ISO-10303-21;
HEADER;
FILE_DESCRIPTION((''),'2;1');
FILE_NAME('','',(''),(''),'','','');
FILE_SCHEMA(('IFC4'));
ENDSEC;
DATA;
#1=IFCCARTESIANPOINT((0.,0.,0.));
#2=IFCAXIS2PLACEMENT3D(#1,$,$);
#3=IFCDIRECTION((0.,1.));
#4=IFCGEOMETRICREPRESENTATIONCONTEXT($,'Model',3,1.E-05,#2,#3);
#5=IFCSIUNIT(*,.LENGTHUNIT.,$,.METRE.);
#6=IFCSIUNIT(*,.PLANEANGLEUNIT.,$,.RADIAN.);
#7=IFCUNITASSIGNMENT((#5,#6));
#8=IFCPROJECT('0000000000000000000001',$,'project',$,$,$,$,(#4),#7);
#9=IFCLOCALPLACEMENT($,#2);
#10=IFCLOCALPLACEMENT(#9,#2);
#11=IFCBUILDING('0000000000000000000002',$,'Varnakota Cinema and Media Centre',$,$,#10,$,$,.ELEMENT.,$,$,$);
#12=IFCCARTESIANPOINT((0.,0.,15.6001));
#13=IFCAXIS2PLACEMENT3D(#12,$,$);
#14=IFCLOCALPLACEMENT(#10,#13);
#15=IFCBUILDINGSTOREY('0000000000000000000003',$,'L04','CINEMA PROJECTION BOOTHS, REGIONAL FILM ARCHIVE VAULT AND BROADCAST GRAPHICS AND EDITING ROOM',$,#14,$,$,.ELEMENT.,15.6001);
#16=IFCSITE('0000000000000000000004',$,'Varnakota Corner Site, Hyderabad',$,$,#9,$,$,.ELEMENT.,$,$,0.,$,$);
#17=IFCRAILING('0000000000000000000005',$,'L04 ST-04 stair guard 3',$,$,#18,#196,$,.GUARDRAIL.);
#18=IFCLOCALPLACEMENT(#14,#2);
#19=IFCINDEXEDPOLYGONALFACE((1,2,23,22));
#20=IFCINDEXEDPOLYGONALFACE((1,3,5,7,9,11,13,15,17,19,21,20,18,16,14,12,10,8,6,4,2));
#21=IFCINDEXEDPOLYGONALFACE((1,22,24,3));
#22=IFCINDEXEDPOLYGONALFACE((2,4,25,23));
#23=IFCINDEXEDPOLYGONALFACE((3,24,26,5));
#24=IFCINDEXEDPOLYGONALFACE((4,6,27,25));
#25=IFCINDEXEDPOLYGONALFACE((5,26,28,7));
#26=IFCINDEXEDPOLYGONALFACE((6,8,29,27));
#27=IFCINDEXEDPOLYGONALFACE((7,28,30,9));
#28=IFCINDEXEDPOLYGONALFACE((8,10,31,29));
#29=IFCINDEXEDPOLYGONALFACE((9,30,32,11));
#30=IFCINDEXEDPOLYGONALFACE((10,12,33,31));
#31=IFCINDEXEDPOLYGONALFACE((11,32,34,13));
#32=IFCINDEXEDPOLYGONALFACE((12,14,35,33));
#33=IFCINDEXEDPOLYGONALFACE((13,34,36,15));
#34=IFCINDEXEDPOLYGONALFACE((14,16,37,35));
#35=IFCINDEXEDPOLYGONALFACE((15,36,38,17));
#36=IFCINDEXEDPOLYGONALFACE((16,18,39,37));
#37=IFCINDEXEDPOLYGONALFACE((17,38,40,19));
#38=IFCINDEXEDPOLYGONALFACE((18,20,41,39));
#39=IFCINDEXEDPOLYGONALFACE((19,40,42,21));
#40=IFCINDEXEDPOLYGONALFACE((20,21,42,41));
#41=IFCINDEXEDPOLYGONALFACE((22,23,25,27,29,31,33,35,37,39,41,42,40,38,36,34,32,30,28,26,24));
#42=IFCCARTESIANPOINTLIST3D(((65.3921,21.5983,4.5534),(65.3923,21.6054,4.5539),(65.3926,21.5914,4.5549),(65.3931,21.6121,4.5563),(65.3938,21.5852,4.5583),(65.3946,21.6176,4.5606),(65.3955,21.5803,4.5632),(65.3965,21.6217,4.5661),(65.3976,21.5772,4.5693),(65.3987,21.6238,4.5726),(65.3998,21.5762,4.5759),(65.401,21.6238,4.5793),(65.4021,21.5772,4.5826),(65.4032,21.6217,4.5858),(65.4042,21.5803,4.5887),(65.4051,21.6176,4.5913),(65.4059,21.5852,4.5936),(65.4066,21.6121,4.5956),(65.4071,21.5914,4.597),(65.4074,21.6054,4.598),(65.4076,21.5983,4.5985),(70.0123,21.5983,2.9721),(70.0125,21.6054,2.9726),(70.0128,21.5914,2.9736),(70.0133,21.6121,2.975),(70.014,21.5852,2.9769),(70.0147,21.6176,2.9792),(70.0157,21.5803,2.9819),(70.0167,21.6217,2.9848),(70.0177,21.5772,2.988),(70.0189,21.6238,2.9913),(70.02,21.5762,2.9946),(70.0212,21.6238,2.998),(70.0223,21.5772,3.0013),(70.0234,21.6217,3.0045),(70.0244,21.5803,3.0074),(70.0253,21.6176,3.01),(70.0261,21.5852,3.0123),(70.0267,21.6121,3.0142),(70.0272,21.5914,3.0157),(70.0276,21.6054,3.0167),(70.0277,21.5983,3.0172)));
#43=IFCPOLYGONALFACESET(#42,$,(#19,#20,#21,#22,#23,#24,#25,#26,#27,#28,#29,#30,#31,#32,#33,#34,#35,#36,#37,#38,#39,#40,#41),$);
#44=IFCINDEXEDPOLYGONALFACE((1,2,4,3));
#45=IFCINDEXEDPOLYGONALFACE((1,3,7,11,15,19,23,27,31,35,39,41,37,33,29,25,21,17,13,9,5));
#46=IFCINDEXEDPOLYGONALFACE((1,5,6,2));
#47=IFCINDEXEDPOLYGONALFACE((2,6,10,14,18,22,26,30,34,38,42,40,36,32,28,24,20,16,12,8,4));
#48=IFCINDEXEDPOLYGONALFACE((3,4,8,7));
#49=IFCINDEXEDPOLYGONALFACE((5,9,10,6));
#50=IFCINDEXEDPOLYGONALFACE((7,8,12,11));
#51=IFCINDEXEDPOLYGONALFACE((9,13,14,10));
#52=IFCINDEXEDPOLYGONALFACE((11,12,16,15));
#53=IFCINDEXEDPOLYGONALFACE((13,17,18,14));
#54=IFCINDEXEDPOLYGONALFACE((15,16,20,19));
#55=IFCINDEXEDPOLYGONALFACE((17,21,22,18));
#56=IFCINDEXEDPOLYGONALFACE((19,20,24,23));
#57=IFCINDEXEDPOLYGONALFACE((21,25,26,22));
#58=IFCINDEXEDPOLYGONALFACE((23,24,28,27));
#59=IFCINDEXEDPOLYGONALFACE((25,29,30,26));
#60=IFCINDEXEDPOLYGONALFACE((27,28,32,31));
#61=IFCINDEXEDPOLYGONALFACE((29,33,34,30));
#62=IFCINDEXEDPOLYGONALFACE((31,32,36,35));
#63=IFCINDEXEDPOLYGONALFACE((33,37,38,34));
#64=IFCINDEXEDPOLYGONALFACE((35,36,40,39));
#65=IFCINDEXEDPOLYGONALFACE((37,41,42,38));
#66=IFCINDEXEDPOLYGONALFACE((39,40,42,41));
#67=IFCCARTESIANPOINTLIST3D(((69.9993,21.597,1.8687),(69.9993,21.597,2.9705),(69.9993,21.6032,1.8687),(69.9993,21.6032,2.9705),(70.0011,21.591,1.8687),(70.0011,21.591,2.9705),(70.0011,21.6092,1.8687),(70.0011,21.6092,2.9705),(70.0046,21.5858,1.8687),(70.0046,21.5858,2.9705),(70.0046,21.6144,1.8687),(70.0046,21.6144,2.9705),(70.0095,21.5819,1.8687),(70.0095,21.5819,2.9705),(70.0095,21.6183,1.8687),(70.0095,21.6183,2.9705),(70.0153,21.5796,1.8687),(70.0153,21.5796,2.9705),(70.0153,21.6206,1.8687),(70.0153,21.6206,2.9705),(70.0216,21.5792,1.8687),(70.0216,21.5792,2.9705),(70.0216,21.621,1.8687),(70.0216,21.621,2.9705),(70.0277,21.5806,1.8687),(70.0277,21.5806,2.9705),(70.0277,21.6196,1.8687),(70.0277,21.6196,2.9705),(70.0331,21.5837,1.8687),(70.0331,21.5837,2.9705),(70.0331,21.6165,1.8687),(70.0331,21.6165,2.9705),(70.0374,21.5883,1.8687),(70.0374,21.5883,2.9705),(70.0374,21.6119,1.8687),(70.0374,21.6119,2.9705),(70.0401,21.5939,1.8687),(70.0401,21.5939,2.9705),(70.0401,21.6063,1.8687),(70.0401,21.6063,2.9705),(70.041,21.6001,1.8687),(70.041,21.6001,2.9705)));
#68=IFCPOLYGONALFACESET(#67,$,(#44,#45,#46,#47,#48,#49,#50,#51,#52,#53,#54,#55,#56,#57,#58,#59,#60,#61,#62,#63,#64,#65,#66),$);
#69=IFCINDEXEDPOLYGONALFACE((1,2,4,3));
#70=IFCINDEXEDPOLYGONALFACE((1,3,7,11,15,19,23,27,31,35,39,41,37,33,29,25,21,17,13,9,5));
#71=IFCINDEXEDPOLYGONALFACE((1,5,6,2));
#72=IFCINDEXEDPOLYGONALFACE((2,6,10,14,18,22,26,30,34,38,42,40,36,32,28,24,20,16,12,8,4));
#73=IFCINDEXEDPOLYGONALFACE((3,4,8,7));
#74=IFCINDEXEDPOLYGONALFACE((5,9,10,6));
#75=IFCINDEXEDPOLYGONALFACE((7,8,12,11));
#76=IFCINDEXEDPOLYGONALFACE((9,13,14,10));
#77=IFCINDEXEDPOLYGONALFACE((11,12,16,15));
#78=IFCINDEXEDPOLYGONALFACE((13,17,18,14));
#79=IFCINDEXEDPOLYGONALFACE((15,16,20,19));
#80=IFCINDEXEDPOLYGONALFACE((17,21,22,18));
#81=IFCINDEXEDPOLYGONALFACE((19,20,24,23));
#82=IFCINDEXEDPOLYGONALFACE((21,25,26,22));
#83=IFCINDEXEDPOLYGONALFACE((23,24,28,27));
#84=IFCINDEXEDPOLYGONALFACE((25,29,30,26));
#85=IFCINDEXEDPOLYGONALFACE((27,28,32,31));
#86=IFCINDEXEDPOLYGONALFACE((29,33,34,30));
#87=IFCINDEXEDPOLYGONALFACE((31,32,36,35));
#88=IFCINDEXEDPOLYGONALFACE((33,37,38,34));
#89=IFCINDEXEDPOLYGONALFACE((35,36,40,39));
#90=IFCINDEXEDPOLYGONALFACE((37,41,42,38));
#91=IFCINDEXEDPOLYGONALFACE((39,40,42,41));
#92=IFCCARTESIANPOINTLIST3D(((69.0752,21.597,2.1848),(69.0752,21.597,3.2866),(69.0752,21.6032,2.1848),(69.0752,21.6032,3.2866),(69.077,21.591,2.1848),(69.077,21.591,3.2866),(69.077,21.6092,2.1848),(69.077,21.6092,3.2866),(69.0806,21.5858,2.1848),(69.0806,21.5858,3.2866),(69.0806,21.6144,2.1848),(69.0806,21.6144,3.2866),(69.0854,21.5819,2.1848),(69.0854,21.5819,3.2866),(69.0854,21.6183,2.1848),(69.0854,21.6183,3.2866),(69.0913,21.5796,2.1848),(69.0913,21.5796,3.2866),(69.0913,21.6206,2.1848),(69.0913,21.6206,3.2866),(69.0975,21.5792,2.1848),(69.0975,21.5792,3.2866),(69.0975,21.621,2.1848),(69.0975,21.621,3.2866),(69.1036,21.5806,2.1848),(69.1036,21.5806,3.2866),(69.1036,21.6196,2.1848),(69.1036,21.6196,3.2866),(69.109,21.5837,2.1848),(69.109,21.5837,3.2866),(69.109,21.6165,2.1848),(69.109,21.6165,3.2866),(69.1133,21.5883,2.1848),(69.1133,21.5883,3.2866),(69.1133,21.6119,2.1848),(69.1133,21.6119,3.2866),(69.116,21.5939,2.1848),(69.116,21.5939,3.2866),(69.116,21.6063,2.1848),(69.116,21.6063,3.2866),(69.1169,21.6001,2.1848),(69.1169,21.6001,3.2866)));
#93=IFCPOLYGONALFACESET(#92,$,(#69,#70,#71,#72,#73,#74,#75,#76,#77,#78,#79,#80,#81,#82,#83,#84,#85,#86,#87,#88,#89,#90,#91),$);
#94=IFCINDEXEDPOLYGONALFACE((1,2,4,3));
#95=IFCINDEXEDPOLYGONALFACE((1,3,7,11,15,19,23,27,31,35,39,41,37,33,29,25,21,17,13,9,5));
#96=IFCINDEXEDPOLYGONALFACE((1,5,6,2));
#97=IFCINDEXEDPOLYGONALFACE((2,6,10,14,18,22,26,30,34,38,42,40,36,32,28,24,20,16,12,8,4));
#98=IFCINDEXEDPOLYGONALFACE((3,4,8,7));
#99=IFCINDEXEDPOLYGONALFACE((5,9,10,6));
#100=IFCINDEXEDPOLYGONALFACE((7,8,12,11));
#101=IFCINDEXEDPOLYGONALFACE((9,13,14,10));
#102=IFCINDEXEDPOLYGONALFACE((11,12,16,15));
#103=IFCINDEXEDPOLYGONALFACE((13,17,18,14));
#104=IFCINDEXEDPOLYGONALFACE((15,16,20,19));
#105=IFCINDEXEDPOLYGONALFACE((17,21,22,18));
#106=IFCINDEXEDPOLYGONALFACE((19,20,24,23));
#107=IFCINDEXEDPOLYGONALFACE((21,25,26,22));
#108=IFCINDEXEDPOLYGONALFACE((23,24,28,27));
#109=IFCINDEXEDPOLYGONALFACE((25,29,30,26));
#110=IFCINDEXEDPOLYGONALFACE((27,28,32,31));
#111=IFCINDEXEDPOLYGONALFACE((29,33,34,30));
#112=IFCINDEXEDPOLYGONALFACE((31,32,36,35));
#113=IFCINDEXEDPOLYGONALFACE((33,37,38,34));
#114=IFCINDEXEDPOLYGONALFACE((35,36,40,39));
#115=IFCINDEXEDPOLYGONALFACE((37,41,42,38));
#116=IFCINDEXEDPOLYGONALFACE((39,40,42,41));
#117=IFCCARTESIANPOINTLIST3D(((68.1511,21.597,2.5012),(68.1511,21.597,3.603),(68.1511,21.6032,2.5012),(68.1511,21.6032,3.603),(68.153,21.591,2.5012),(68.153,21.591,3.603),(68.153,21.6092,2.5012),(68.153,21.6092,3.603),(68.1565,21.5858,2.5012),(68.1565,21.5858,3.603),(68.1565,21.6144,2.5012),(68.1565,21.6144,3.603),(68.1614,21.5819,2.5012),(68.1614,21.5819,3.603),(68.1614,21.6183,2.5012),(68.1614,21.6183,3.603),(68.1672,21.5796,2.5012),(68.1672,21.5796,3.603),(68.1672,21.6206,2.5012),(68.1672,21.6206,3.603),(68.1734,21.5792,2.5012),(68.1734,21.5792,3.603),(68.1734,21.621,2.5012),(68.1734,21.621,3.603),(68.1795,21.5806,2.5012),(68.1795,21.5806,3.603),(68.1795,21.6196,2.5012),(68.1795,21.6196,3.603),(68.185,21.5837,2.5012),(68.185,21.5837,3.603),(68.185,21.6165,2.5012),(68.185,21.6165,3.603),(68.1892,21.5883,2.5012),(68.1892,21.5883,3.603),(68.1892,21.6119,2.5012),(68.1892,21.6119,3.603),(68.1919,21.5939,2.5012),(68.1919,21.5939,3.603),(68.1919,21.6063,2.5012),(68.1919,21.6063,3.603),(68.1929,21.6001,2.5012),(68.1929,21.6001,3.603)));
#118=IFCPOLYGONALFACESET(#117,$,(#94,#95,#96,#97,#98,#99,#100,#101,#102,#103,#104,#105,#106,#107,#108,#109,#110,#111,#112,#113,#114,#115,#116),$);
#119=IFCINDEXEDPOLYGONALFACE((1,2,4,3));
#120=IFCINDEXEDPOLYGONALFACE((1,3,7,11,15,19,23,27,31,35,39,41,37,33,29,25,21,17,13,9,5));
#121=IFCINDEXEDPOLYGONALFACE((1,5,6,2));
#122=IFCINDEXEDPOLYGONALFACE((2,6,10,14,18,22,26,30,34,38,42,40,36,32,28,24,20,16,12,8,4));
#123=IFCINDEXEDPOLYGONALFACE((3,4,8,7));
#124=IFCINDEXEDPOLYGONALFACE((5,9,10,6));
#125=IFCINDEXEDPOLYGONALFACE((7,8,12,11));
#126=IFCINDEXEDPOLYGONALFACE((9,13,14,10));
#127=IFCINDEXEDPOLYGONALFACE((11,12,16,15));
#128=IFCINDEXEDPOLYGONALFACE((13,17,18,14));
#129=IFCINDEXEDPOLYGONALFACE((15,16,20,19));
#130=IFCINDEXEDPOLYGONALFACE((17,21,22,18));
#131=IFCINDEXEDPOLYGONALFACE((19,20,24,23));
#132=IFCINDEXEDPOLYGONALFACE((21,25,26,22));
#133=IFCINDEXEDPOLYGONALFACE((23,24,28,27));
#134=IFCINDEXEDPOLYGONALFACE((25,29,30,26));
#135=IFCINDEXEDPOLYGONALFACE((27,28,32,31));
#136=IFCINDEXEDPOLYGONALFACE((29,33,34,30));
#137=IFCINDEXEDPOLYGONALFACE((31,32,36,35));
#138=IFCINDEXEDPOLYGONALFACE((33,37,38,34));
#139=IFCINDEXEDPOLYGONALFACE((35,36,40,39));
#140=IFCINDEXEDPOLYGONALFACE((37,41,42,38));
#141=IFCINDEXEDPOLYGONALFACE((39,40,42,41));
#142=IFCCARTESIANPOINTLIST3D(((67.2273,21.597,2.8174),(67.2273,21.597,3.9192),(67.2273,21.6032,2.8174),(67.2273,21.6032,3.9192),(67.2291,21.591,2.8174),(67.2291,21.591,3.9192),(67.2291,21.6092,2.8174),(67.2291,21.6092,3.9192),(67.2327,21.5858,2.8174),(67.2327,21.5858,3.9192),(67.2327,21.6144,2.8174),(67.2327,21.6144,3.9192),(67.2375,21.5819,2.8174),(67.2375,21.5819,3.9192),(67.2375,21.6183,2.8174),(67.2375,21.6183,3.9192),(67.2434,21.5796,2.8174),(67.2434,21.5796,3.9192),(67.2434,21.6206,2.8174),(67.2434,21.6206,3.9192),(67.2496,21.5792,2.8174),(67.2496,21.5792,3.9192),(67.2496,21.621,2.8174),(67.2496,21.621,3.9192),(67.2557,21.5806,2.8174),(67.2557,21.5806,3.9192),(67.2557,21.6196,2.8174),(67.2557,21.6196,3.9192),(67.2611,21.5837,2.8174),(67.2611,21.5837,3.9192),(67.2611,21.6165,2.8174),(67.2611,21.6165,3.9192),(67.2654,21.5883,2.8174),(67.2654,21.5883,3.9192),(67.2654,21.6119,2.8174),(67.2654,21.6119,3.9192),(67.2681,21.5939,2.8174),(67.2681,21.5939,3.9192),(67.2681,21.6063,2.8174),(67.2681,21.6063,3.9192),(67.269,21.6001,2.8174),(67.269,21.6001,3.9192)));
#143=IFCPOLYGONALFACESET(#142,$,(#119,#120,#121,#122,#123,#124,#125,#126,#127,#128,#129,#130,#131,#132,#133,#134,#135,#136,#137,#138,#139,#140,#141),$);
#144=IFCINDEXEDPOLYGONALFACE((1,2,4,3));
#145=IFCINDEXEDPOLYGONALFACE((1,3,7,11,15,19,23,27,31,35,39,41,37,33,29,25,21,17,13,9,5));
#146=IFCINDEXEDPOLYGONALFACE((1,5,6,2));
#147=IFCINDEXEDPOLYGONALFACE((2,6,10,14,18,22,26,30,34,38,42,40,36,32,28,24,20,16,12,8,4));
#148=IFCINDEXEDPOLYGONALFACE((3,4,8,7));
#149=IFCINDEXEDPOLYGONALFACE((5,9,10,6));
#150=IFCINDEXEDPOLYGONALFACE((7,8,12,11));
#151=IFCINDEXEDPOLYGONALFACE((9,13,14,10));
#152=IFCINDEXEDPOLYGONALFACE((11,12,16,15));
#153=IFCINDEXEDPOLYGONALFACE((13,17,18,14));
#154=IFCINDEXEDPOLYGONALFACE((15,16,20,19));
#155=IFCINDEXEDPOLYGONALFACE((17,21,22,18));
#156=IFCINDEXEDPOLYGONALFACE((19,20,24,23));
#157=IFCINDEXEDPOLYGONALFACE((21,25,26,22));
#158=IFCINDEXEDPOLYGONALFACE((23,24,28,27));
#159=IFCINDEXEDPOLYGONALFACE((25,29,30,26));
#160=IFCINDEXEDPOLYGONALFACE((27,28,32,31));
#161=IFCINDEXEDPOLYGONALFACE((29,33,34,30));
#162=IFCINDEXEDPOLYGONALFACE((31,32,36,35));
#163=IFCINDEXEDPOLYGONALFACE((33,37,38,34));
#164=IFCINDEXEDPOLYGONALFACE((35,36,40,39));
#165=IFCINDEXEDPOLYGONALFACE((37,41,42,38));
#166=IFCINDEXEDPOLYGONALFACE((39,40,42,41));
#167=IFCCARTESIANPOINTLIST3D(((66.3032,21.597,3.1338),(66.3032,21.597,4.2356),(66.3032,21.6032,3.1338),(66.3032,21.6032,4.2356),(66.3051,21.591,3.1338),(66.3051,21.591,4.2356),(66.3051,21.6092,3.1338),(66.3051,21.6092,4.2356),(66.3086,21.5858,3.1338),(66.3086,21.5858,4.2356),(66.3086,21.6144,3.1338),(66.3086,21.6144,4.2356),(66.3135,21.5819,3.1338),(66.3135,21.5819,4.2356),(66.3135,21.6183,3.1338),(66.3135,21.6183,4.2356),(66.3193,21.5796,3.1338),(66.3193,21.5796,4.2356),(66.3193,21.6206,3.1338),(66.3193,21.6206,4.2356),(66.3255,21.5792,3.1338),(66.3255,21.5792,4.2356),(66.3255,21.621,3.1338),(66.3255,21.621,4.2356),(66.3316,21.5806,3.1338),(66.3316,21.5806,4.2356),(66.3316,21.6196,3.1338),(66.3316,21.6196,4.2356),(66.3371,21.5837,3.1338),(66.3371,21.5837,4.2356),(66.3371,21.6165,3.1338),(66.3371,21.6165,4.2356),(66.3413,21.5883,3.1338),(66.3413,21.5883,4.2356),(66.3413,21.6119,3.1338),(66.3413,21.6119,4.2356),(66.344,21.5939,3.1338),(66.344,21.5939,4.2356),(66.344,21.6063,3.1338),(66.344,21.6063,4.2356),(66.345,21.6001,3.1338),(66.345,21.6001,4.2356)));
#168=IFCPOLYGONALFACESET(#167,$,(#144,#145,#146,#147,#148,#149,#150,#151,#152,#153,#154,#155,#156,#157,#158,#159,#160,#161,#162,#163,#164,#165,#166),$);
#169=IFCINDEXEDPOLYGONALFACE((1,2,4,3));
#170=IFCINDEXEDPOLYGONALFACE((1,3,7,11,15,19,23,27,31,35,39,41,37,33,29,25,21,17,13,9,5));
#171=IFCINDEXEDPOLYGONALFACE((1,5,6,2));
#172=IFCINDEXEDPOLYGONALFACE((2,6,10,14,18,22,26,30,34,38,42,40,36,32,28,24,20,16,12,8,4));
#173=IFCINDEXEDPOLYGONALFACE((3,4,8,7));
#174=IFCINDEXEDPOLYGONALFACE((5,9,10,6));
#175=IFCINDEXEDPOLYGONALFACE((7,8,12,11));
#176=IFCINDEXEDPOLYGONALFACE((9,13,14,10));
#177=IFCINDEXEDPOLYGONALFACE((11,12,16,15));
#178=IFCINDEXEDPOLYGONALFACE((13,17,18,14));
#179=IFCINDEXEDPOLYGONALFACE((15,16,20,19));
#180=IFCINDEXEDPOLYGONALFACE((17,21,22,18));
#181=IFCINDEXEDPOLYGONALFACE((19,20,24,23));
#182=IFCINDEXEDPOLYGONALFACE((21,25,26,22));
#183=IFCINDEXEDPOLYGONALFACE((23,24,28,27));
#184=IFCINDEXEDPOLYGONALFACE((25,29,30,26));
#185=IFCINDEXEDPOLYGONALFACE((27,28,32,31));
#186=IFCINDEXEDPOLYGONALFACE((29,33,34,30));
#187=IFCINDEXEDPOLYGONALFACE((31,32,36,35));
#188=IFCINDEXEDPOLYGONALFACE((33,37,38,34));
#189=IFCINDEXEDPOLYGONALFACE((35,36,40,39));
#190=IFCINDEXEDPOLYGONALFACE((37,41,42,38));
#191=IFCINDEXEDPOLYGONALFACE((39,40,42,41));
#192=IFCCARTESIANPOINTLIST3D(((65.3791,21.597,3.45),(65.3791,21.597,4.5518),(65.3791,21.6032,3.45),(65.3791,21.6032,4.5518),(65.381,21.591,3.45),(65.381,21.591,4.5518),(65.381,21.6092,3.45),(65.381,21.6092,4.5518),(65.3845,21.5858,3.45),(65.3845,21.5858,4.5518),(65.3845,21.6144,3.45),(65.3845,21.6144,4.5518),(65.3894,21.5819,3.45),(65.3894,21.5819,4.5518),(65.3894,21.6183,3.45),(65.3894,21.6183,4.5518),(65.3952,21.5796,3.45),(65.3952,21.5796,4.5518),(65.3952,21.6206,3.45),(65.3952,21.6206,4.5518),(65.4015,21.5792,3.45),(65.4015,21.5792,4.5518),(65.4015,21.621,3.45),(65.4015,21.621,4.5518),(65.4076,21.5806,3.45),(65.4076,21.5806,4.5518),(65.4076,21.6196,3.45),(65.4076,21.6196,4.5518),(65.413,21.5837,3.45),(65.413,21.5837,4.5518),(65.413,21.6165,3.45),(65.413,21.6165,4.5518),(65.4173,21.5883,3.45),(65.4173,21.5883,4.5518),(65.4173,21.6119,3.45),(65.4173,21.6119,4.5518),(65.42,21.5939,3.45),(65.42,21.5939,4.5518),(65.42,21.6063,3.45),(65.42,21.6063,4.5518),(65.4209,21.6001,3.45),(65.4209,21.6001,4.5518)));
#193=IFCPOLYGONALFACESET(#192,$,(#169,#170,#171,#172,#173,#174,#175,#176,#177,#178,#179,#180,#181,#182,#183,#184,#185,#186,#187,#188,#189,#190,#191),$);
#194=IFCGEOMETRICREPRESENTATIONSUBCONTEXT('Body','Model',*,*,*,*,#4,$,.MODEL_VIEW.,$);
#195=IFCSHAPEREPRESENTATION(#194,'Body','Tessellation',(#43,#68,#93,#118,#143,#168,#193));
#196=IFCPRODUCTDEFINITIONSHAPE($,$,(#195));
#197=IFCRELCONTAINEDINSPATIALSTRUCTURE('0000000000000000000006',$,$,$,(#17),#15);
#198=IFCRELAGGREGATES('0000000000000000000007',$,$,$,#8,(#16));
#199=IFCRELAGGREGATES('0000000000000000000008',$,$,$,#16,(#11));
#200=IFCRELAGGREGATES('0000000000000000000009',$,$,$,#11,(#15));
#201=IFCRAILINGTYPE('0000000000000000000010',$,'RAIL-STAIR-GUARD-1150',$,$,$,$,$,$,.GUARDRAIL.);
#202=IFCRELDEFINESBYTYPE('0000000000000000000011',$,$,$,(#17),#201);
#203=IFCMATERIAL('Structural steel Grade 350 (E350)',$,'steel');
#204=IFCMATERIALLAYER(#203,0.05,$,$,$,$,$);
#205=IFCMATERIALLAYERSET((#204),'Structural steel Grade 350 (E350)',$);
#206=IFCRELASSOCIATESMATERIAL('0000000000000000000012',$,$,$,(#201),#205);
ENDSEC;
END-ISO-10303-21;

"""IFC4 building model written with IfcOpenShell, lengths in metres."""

from ifc_helpers import new_model, si_unit, direction, frame, origin, origin_2d, place, context, subcontext, project, spatial, circle, extrude, material, layer, layer_set, type_object, element, save


model = new_model("IFC4")

# Units and contexts
model_context = context("Model", 3, precision=1e-05, world=origin(), true_north=direction((0.0, 1.0)))
body_context = subcontext(model_context, "Body", "Model", "MODEL_VIEW")
ifc_project = project(units=[si_unit("LENGTHUNIT", "METRE"), si_unit("PLANEANGLEUNIT", "RADIAN")], contexts=[model_context])

# Site, building, storey
site_placement = place(None, origin())
site = spatial("IfcSite", under=ifc_project, at=site_placement, Name="Varnakota Corner Site, Hyderabad", CompositionType="ELEMENT", RefElevation=0.0)
building_placement = place(site_placement, origin())
building = spatial("IfcBuilding", under=site, at=building_placement, Name="Varnakota Cinema and Media Centre", CompositionType="ELEMENT")
storey_placement = place(building_placement, frame((0.0, 0.0, 15.6001)))
storey = spatial("IfcBuildingStorey", under=building, at=storey_placement, Name="L04", Description="CINEMA PROJECTION BOOTHS, REGIONAL FILM ARCHIVE VAULT AND BROADCAST GRAPHICS AND EDITING ROOM", CompositionType="ELEMENT", Elevation=15.6001)

# Railing
ifc_material_1 = material(Name="Structural steel Grade 350 (E350)", Category="steel")
ifc_layer_1 = layer(ifc_material_1, 0.05)
ifc_layer_set_1 = layer_set([ifc_layer_1], Name="Structural steel Grade 350 (E350)")
railing_type_1 = type_object("IfcRailingType", Name="RAIL-STAIR-GUARD-1150", PredefinedType="GUARDRAIL", material=ifc_layer_set_1)
railing_1_placement = place(storey_placement, frame((70.02, 21.6001, 1.8687)))
element("IfcRailing", 1, at=railing_1_placement, inside=storey, type_object=railing_type_1, Name="L04 ST-04 stair guard 3", PredefinedType="GUARDRAIL", context=body_context, shape_type="SweptSolid", body=[
    extrude(circle(Radius=0.0239, at=origin_2d()), frame((0.0, 0.0, 1.126), z_axis=(-0.946118, 0.0, 0.323822), x_axis=(0.0, -1.0, 0.0)), (0.0, 0.0, 1.0), 4.8833),
    extrude(circle(Radius=0.021, at=origin_2d()), origin(), (0.0, 0.0, 1.0), 1.1018),
    extrude(circle(Radius=0.021, at=origin_2d()), frame((-0.9241, 0.0, 0.3162)), (0.0, 0.0, 1.0), 1.1018),
    extrude(circle(Radius=0.021, at=origin_2d()), frame((-1.8481, 0.0, 0.6326)), (0.0, 0.0, 1.0), 1.1018),
    extrude(circle(Radius=0.021, at=origin_2d()), frame((-2.772, 0.0, 0.9487)), (0.0, 0.0, 1.0), 1.1018),
    extrude(circle(Radius=0.021, at=origin_2d()), frame((-3.696, 0.0, 1.2651)), (0.0, 0.0, 1.0), 1.1018),
    extrude(circle(Radius=0.021, at=origin_2d()), frame((-4.6201, 0.0, 1.5813)), (0.0, 0.0, 1.0), 1.1018),
])

save(model, "model.ifc")
